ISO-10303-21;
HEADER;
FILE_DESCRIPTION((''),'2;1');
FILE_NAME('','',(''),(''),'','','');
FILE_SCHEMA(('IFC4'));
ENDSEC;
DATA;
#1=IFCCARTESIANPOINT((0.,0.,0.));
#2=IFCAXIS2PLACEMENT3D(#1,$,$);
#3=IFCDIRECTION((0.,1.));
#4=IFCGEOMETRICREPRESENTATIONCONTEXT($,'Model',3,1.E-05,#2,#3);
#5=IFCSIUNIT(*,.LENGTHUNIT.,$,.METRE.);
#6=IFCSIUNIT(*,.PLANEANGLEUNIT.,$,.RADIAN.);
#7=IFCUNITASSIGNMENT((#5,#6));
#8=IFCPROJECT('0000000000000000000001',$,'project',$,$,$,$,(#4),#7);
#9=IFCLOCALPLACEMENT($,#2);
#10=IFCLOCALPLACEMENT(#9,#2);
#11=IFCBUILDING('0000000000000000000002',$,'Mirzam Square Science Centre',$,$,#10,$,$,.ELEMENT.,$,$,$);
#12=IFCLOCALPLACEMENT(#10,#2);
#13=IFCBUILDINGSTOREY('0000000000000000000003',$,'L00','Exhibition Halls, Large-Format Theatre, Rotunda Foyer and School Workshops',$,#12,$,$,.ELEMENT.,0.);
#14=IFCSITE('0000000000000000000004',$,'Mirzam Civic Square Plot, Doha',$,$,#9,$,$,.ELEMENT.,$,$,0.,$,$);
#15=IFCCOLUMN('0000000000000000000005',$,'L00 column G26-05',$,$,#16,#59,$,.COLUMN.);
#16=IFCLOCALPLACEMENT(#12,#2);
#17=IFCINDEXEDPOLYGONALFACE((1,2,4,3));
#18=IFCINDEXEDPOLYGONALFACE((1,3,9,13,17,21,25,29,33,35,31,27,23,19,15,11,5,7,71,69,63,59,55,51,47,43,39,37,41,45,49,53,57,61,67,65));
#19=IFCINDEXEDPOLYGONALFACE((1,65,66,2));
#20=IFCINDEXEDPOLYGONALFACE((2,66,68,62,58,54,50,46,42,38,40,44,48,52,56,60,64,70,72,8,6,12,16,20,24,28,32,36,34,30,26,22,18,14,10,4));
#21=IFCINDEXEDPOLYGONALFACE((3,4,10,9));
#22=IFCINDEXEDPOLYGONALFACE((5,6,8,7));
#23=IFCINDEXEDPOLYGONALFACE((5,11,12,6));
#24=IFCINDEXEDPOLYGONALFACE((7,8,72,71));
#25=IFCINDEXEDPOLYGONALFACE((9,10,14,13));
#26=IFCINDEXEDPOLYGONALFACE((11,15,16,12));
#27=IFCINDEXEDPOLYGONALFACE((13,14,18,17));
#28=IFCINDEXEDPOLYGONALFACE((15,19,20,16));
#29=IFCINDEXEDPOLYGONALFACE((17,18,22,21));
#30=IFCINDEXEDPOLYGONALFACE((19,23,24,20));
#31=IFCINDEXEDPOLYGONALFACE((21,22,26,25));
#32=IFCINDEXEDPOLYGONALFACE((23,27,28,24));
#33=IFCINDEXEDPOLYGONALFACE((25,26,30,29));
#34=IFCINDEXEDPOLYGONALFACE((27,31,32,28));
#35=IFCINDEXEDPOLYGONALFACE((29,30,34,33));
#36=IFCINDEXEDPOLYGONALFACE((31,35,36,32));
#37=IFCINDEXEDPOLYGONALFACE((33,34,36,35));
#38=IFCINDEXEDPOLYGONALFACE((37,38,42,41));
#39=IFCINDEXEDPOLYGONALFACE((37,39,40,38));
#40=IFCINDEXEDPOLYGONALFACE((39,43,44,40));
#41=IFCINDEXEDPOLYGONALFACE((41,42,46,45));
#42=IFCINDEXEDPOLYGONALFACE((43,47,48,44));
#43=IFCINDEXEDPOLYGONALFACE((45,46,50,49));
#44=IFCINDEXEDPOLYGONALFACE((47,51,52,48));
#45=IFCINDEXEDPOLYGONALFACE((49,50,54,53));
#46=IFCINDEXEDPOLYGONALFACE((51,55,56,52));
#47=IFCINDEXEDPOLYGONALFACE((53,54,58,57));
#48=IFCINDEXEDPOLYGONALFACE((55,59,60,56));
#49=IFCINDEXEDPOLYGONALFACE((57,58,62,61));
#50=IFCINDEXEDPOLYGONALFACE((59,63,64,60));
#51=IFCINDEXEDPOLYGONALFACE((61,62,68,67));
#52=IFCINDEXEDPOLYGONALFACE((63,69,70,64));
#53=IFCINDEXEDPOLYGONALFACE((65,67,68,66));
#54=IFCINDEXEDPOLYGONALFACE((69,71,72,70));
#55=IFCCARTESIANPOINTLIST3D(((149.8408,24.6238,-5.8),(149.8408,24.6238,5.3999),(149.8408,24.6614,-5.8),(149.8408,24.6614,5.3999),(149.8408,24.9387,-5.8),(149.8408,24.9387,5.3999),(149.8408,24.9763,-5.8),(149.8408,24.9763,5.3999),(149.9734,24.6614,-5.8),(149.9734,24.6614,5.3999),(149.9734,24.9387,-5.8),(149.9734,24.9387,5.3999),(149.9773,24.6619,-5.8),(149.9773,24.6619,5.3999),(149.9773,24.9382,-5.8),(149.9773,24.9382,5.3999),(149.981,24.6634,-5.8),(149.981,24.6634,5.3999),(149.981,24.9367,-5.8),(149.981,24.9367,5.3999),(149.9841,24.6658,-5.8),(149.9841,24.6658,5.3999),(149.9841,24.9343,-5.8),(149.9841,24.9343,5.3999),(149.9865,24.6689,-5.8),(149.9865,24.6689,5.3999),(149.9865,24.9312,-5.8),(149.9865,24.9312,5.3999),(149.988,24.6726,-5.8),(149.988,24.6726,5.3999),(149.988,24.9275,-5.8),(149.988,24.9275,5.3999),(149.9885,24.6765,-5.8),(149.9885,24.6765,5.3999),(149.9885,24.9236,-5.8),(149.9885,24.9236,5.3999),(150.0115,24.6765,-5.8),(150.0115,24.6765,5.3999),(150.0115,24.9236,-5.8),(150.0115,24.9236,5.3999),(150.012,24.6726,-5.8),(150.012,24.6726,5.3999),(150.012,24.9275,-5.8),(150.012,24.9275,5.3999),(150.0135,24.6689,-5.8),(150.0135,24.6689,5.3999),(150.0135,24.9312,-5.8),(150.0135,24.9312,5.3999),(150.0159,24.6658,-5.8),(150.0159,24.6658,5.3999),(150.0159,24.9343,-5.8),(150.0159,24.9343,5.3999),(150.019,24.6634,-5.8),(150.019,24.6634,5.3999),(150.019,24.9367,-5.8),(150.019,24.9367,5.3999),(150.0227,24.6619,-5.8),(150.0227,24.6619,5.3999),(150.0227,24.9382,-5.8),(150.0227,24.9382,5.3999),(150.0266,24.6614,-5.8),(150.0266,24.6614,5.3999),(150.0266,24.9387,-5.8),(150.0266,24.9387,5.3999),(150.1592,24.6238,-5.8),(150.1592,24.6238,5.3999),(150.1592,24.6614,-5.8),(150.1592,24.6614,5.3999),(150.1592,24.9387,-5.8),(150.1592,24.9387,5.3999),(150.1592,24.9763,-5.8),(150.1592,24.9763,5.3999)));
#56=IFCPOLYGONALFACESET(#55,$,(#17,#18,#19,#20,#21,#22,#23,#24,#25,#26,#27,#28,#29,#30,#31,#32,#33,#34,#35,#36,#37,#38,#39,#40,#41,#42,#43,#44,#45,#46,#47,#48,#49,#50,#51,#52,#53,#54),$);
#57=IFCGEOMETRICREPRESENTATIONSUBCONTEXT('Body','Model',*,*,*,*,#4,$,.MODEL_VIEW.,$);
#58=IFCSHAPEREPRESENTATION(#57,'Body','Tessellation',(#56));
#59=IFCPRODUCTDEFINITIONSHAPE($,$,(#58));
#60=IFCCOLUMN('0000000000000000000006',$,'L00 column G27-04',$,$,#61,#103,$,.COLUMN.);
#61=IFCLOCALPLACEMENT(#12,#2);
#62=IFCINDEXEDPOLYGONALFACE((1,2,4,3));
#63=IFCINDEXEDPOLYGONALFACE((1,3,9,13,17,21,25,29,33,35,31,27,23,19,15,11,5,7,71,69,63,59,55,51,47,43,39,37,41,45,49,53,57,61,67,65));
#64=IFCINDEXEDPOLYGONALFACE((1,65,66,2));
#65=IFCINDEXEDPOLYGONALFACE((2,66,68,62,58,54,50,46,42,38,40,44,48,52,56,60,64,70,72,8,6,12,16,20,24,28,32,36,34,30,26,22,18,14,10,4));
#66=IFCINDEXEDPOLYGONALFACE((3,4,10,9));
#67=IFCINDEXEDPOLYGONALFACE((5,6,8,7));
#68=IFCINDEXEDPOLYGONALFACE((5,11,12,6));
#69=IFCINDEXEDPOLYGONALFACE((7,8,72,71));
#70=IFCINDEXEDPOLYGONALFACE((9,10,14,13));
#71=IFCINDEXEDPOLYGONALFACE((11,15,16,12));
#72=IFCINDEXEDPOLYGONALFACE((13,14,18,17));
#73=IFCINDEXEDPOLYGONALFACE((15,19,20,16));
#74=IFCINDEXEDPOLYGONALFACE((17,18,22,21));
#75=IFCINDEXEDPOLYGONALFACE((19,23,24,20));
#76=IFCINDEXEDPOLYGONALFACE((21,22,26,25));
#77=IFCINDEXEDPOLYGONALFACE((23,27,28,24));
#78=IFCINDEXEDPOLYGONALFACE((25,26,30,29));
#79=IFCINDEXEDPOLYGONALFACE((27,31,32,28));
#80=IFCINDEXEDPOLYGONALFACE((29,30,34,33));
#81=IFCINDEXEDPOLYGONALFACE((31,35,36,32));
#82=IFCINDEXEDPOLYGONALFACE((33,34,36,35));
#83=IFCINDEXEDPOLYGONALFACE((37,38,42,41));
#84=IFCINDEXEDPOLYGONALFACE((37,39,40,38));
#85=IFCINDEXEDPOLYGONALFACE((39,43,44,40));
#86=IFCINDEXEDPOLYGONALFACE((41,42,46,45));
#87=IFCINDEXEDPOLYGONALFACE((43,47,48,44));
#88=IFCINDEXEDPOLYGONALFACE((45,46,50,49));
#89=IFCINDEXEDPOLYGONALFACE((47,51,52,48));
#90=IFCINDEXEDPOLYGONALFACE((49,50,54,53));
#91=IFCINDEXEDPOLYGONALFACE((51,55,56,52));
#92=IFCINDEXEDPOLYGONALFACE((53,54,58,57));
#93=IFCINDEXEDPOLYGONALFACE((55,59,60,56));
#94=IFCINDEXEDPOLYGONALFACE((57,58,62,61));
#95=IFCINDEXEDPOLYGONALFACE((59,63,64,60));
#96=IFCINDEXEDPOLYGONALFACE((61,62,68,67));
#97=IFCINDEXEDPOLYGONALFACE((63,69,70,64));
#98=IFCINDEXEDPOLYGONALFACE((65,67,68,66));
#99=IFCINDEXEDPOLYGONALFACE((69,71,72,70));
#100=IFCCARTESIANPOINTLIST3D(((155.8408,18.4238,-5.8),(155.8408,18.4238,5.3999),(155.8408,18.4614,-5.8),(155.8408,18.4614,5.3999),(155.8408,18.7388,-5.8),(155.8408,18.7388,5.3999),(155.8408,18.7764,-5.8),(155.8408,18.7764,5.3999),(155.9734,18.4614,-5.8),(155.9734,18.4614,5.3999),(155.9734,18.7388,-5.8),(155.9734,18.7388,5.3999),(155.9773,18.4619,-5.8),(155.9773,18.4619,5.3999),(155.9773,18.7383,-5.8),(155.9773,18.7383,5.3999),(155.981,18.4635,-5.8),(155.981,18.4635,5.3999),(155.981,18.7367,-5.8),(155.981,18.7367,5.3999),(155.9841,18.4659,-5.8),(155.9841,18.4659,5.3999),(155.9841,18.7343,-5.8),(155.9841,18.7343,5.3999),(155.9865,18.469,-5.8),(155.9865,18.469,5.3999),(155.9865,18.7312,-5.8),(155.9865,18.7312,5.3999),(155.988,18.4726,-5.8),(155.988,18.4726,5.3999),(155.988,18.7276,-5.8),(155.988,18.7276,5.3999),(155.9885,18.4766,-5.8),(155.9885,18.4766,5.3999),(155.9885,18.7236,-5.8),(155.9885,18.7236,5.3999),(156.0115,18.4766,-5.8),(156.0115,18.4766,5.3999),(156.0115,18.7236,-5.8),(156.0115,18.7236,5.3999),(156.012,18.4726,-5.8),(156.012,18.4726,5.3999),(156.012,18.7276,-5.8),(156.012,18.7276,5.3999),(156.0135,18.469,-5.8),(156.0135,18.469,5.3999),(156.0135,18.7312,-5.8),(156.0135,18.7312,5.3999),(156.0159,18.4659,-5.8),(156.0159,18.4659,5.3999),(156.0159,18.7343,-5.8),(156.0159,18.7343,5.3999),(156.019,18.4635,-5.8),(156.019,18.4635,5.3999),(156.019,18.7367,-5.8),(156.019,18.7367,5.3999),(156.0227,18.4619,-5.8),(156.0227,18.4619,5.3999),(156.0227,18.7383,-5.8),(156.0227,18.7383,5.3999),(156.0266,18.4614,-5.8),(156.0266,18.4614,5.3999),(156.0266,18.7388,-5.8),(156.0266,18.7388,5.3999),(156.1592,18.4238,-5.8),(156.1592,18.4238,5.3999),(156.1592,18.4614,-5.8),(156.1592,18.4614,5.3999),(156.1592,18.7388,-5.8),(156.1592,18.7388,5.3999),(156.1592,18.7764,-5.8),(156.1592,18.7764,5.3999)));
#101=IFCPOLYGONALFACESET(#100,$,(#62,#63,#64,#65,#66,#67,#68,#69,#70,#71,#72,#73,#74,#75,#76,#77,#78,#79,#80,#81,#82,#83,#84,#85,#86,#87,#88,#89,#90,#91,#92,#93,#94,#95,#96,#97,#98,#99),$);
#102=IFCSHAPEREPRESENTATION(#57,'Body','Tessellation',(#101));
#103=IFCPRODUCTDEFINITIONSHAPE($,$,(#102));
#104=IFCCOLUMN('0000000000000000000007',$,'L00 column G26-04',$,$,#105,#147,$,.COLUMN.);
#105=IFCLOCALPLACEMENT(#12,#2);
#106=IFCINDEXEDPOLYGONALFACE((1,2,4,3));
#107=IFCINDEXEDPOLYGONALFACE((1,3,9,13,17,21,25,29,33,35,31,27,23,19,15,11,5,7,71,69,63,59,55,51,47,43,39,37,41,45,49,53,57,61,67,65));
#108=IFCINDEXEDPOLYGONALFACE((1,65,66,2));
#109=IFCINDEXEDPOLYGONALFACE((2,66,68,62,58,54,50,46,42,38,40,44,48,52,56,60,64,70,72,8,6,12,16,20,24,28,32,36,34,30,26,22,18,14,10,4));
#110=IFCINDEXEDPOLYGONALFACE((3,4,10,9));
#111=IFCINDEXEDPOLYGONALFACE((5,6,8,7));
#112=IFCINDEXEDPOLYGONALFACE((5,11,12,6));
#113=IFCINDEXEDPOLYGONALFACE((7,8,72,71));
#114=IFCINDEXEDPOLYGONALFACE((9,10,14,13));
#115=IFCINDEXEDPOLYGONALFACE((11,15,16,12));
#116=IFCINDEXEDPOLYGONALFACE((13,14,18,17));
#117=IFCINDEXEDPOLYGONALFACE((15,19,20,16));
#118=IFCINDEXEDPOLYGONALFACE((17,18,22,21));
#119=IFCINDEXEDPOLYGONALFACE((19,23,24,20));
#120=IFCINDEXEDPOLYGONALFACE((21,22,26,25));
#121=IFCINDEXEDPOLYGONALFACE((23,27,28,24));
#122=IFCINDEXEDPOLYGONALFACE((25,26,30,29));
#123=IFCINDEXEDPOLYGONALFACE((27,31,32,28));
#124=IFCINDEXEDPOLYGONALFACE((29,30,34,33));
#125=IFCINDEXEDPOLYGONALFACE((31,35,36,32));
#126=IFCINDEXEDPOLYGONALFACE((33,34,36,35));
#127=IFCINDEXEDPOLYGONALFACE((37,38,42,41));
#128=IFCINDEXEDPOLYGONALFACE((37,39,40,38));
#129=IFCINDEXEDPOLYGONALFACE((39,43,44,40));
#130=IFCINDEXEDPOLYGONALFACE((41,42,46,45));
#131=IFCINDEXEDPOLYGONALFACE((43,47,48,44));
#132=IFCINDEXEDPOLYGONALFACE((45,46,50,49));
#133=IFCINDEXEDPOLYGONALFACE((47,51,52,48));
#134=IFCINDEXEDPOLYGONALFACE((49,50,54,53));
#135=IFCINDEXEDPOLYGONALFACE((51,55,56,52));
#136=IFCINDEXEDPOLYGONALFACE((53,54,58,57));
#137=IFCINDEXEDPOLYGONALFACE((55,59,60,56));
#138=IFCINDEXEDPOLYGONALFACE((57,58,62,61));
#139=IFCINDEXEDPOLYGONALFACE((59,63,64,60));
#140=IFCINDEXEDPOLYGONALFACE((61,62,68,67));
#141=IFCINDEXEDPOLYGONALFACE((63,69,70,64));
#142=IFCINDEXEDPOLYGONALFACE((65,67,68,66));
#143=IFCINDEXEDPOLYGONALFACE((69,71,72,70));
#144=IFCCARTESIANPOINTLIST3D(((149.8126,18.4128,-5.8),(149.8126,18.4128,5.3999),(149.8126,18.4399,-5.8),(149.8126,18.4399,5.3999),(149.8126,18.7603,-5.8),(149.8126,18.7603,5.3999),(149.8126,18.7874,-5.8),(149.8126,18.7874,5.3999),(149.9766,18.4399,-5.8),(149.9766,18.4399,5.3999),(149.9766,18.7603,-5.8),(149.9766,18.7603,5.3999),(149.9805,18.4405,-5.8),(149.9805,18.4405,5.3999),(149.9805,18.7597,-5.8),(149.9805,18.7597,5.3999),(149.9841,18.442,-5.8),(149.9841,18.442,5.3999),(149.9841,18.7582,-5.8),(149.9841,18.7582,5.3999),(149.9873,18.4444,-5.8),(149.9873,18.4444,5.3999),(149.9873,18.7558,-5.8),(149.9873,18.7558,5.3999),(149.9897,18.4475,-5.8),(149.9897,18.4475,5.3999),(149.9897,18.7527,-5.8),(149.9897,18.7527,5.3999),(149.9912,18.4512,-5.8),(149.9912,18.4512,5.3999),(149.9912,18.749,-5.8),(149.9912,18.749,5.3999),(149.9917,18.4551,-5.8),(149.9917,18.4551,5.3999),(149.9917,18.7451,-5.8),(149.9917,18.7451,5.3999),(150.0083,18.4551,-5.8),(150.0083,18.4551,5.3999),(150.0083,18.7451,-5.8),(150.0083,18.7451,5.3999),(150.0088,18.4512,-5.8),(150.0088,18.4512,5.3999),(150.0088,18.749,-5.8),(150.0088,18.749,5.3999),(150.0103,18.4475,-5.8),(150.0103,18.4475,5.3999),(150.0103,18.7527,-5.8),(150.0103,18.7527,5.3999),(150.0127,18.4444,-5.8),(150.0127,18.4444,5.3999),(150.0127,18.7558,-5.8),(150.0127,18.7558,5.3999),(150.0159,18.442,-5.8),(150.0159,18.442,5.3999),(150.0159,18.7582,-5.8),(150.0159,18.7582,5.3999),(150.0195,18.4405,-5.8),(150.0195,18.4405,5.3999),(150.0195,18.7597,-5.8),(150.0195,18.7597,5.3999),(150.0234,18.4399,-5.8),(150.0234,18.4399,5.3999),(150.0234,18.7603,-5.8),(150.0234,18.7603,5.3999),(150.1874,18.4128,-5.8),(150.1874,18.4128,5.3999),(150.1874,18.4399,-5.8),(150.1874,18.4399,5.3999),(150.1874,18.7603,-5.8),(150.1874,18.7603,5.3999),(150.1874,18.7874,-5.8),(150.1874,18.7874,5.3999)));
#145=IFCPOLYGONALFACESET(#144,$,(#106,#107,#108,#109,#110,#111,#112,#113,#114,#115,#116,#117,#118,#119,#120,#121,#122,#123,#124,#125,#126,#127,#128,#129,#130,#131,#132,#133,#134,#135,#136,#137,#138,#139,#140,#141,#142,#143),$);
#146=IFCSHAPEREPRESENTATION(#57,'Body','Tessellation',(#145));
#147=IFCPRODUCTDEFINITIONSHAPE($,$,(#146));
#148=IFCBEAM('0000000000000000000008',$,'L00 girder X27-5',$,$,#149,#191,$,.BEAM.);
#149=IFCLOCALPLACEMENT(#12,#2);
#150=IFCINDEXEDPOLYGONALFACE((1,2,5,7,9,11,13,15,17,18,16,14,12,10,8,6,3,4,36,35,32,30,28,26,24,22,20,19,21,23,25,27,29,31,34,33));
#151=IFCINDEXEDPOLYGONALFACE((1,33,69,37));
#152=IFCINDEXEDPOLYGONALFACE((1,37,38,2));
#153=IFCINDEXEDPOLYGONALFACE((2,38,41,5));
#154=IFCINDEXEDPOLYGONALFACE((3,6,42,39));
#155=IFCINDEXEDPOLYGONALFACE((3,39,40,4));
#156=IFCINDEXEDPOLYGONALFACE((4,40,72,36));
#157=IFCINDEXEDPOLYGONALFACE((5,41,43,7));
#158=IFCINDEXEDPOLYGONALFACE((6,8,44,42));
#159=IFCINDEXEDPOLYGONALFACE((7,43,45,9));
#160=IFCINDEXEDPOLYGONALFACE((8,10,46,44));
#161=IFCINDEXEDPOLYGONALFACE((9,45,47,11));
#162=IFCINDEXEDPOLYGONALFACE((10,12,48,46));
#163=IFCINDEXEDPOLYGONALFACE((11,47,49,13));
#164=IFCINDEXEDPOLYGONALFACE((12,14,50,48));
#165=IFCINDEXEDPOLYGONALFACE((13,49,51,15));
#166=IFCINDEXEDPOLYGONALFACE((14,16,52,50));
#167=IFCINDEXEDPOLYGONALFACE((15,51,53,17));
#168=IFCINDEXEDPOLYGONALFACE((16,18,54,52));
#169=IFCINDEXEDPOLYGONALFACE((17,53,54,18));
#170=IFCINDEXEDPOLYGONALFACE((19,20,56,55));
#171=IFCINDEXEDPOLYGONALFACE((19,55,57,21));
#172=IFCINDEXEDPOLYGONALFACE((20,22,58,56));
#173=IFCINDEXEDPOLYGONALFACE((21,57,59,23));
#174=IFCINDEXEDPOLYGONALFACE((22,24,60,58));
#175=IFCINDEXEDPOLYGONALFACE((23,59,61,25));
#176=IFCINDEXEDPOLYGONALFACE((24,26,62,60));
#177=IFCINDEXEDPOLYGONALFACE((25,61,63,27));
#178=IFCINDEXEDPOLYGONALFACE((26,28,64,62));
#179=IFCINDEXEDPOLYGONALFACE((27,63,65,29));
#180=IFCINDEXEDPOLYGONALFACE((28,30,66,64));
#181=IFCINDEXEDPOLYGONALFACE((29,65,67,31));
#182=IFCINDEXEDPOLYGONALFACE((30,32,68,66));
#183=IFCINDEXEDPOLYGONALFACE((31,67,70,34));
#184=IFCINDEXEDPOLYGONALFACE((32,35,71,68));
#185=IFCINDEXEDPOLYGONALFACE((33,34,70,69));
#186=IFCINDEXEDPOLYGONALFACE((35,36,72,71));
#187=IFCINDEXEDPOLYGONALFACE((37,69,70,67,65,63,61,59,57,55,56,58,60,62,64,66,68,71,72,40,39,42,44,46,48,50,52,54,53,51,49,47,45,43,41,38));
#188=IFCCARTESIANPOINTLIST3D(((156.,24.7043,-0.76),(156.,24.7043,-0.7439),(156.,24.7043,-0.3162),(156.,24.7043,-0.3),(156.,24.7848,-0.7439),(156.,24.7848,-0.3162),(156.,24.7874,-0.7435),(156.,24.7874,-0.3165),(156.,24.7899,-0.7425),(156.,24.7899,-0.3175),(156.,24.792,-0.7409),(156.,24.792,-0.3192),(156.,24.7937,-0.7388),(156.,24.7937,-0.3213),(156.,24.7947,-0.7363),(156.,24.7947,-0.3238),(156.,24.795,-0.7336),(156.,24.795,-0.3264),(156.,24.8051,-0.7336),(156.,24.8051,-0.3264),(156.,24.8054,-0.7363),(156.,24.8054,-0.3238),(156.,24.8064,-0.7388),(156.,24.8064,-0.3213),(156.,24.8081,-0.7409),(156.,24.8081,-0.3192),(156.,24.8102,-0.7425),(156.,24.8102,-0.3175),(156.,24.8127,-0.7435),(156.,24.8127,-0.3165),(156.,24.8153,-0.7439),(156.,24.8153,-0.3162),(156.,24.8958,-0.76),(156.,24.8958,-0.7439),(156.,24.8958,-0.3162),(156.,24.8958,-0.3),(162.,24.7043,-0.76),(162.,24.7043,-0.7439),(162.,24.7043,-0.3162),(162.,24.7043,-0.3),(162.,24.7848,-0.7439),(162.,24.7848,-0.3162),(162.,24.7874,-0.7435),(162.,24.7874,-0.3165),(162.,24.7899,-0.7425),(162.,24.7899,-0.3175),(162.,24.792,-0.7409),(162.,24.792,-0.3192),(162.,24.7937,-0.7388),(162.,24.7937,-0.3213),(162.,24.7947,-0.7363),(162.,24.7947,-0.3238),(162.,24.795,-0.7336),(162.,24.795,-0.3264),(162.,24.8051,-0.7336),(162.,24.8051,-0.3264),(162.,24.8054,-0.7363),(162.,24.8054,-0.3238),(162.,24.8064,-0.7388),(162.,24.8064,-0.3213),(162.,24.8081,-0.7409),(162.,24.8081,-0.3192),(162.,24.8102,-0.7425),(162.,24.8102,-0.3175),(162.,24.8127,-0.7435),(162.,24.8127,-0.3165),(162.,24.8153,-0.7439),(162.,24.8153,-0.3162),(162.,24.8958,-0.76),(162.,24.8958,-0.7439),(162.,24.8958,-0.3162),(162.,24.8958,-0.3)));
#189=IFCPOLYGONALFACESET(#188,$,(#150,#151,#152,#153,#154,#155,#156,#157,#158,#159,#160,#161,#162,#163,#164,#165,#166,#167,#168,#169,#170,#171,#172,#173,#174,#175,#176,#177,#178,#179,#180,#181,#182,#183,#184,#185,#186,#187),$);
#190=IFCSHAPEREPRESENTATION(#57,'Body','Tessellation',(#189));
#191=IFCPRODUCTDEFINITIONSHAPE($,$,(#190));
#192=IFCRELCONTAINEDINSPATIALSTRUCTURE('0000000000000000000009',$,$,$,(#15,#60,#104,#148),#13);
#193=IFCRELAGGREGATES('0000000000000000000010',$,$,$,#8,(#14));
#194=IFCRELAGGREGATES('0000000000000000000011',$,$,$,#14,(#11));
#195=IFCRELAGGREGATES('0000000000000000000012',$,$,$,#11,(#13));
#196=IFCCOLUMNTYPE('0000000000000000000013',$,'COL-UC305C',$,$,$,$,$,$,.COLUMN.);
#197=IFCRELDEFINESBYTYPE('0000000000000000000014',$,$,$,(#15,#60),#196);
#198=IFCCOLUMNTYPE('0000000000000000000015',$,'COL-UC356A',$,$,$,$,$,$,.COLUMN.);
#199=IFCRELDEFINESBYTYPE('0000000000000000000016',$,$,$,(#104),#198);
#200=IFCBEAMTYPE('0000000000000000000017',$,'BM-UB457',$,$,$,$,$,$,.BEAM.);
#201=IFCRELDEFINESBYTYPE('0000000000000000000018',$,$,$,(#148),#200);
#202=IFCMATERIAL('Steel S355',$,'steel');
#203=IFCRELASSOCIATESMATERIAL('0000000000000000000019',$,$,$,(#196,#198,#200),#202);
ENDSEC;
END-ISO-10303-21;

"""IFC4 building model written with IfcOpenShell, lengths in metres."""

from ifc_helpers import new_model, si_unit, direction, frame, origin, origin_2d, place, context, subcontext, project, spatial, i_section, extrude, material, material_profile, profile_set, type_object, element, save


model = new_model("IFC4")

# Units and contexts
model_context = context("Model", 3, precision=1e-05, world=origin(), true_north=direction((0.0, 1.0)))
body_context = subcontext(model_context, "Body", "Model", "MODEL_VIEW")
ifc_project = project(units=[si_unit("LENGTHUNIT", "METRE"), si_unit("PLANEANGLEUNIT", "RADIAN")], contexts=[model_context])

# Site, building, storey
site_placement = place(None, origin())
site = spatial("IfcSite", under=ifc_project, at=site_placement, Name="Mirzam Civic Square Plot, Doha", CompositionType="ELEMENT", RefElevation=0.0)
building_placement = place(site_placement, origin())
building = spatial("IfcBuilding", under=site, at=building_placement, Name="Mirzam Square Science Centre", CompositionType="ELEMENT")
storey_placement = place(building_placement, origin())
storey = spatial("IfcBuildingStorey", under=building, at=storey_placement, Name="L00", Description="Exhibition Halls, Large-Format Theatre, Rotunda Foyer and School Workshops", CompositionType="ELEMENT", Elevation=0.0)

# Columns
ifc_material_1 = material(Name="Steel S355", Category="steel")
ifc_material_profile_1 = material_profile(ifc_material_1, i_section(OverallWidth=0.3184, OverallDepth=0.3525, WebThickness=0.0229, FlangeThickness=0.0376, FilletRadius=0.0151, at=origin_2d()), Name="305x305x240UC")
ifc_profile_set_1 = profile_set([ifc_material_profile_1], Name="Steel S355")
column_type_1 = type_object("IfcColumnType", Name="COL-UC305C", PredefinedType="COLUMN", material=ifc_profile_set_1)
for number, where, z_axis, x_axis, name in (
    (1, (150.0, 24.8, -5.8), (0.0, 0.0, 1.0), (1.0, 0.0, 0.0), "L00 column G26-05"),
    (2, (156.0, 18.6001, -5.8), (0.0, 0.0, 1.0), (1.0, 0.0, 0.0), "L00 column G27-04"),
):
    element("IfcColumn", number, at=place(storey_placement, frame(where, z_axis=z_axis, x_axis=x_axis)), inside=storey, type_object=column_type_1, Name=name, PredefinedType="COLUMN", context=body_context, shape_type="SweptSolid", body=[
        extrude(i_section(OverallWidth=0.3184, OverallDepth=0.3525, WebThickness=0.0229, FlangeThickness=0.0376, FilletRadius=0.0151, at=origin_2d()), origin(), (0.0, 0.0, 1.0), 11.2),
    ])
ifc_material_profile_2 = material_profile(ifc_material_1, i_section(OverallWidth=0.3748, OverallDepth=0.3745, WebThickness=0.0166, FlangeThickness=0.0271, FilletRadius=0.0151, at=origin_2d()), Name="356x368x202UC")
ifc_profile_set_2 = profile_set([ifc_material_profile_2], Name="Steel S355")
column_type_2 = type_object("IfcColumnType", Name="COL-UC356A", PredefinedType="COLUMN", material=ifc_profile_set_2)
column_placement = place(storey_placement, frame((150.0, 18.6001, -5.8), z_axis=(0.0, 0.0, 1.0), x_axis=(1.0, 0.0, 0.0)))
element("IfcColumn", 3, at=column_placement, inside=storey, type_object=column_type_2, Name="L00 column G26-04", PredefinedType="COLUMN", context=body_context, shape_type="SweptSolid", body=[
    extrude(i_section(OverallWidth=0.3748, OverallDepth=0.3745, WebThickness=0.0166, FlangeThickness=0.0271, FilletRadius=0.0151, at=origin_2d()), origin(), (0.0, 0.0, 1.0), 11.2),
])

# Beam
ifc_material_profile_3 = material_profile(ifc_material_1, i_section(OverallWidth=0.1914, OverallDepth=0.46, WebThickness=0.01, FlangeThickness=0.0161, FilletRadius=0.0103, at=origin_2d()), Name="457x191x82UB")
ifc_profile_set_3 = profile_set([ifc_material_profile_3], Name="Steel S355")
beam_type_1 = type_object("IfcBeamType", Name="BM-UB457", PredefinedType="BEAM", material=ifc_profile_set_3)
beam_1_placement = place(storey_placement, frame((156.0, 24.8, -0.53), z_axis=(1.0, 0.0, 0.0), x_axis=(0.0, 1.0, 0.0)))
element("IfcBeam", 4, at=beam_1_placement, inside=storey, type_object=beam_type_1, Name="L00 girder X27-5", PredefinedType="BEAM", context=body_context, shape_type="SweptSolid", body=[
    extrude(i_section(OverallWidth=0.1914, OverallDepth=0.46, WebThickness=0.01, FlangeThickness=0.0161, FilletRadius=0.0103, at=origin_2d()), origin(), (0.0, 0.0, 1.0), 6.0),
])

save(model, "model.ifc")
